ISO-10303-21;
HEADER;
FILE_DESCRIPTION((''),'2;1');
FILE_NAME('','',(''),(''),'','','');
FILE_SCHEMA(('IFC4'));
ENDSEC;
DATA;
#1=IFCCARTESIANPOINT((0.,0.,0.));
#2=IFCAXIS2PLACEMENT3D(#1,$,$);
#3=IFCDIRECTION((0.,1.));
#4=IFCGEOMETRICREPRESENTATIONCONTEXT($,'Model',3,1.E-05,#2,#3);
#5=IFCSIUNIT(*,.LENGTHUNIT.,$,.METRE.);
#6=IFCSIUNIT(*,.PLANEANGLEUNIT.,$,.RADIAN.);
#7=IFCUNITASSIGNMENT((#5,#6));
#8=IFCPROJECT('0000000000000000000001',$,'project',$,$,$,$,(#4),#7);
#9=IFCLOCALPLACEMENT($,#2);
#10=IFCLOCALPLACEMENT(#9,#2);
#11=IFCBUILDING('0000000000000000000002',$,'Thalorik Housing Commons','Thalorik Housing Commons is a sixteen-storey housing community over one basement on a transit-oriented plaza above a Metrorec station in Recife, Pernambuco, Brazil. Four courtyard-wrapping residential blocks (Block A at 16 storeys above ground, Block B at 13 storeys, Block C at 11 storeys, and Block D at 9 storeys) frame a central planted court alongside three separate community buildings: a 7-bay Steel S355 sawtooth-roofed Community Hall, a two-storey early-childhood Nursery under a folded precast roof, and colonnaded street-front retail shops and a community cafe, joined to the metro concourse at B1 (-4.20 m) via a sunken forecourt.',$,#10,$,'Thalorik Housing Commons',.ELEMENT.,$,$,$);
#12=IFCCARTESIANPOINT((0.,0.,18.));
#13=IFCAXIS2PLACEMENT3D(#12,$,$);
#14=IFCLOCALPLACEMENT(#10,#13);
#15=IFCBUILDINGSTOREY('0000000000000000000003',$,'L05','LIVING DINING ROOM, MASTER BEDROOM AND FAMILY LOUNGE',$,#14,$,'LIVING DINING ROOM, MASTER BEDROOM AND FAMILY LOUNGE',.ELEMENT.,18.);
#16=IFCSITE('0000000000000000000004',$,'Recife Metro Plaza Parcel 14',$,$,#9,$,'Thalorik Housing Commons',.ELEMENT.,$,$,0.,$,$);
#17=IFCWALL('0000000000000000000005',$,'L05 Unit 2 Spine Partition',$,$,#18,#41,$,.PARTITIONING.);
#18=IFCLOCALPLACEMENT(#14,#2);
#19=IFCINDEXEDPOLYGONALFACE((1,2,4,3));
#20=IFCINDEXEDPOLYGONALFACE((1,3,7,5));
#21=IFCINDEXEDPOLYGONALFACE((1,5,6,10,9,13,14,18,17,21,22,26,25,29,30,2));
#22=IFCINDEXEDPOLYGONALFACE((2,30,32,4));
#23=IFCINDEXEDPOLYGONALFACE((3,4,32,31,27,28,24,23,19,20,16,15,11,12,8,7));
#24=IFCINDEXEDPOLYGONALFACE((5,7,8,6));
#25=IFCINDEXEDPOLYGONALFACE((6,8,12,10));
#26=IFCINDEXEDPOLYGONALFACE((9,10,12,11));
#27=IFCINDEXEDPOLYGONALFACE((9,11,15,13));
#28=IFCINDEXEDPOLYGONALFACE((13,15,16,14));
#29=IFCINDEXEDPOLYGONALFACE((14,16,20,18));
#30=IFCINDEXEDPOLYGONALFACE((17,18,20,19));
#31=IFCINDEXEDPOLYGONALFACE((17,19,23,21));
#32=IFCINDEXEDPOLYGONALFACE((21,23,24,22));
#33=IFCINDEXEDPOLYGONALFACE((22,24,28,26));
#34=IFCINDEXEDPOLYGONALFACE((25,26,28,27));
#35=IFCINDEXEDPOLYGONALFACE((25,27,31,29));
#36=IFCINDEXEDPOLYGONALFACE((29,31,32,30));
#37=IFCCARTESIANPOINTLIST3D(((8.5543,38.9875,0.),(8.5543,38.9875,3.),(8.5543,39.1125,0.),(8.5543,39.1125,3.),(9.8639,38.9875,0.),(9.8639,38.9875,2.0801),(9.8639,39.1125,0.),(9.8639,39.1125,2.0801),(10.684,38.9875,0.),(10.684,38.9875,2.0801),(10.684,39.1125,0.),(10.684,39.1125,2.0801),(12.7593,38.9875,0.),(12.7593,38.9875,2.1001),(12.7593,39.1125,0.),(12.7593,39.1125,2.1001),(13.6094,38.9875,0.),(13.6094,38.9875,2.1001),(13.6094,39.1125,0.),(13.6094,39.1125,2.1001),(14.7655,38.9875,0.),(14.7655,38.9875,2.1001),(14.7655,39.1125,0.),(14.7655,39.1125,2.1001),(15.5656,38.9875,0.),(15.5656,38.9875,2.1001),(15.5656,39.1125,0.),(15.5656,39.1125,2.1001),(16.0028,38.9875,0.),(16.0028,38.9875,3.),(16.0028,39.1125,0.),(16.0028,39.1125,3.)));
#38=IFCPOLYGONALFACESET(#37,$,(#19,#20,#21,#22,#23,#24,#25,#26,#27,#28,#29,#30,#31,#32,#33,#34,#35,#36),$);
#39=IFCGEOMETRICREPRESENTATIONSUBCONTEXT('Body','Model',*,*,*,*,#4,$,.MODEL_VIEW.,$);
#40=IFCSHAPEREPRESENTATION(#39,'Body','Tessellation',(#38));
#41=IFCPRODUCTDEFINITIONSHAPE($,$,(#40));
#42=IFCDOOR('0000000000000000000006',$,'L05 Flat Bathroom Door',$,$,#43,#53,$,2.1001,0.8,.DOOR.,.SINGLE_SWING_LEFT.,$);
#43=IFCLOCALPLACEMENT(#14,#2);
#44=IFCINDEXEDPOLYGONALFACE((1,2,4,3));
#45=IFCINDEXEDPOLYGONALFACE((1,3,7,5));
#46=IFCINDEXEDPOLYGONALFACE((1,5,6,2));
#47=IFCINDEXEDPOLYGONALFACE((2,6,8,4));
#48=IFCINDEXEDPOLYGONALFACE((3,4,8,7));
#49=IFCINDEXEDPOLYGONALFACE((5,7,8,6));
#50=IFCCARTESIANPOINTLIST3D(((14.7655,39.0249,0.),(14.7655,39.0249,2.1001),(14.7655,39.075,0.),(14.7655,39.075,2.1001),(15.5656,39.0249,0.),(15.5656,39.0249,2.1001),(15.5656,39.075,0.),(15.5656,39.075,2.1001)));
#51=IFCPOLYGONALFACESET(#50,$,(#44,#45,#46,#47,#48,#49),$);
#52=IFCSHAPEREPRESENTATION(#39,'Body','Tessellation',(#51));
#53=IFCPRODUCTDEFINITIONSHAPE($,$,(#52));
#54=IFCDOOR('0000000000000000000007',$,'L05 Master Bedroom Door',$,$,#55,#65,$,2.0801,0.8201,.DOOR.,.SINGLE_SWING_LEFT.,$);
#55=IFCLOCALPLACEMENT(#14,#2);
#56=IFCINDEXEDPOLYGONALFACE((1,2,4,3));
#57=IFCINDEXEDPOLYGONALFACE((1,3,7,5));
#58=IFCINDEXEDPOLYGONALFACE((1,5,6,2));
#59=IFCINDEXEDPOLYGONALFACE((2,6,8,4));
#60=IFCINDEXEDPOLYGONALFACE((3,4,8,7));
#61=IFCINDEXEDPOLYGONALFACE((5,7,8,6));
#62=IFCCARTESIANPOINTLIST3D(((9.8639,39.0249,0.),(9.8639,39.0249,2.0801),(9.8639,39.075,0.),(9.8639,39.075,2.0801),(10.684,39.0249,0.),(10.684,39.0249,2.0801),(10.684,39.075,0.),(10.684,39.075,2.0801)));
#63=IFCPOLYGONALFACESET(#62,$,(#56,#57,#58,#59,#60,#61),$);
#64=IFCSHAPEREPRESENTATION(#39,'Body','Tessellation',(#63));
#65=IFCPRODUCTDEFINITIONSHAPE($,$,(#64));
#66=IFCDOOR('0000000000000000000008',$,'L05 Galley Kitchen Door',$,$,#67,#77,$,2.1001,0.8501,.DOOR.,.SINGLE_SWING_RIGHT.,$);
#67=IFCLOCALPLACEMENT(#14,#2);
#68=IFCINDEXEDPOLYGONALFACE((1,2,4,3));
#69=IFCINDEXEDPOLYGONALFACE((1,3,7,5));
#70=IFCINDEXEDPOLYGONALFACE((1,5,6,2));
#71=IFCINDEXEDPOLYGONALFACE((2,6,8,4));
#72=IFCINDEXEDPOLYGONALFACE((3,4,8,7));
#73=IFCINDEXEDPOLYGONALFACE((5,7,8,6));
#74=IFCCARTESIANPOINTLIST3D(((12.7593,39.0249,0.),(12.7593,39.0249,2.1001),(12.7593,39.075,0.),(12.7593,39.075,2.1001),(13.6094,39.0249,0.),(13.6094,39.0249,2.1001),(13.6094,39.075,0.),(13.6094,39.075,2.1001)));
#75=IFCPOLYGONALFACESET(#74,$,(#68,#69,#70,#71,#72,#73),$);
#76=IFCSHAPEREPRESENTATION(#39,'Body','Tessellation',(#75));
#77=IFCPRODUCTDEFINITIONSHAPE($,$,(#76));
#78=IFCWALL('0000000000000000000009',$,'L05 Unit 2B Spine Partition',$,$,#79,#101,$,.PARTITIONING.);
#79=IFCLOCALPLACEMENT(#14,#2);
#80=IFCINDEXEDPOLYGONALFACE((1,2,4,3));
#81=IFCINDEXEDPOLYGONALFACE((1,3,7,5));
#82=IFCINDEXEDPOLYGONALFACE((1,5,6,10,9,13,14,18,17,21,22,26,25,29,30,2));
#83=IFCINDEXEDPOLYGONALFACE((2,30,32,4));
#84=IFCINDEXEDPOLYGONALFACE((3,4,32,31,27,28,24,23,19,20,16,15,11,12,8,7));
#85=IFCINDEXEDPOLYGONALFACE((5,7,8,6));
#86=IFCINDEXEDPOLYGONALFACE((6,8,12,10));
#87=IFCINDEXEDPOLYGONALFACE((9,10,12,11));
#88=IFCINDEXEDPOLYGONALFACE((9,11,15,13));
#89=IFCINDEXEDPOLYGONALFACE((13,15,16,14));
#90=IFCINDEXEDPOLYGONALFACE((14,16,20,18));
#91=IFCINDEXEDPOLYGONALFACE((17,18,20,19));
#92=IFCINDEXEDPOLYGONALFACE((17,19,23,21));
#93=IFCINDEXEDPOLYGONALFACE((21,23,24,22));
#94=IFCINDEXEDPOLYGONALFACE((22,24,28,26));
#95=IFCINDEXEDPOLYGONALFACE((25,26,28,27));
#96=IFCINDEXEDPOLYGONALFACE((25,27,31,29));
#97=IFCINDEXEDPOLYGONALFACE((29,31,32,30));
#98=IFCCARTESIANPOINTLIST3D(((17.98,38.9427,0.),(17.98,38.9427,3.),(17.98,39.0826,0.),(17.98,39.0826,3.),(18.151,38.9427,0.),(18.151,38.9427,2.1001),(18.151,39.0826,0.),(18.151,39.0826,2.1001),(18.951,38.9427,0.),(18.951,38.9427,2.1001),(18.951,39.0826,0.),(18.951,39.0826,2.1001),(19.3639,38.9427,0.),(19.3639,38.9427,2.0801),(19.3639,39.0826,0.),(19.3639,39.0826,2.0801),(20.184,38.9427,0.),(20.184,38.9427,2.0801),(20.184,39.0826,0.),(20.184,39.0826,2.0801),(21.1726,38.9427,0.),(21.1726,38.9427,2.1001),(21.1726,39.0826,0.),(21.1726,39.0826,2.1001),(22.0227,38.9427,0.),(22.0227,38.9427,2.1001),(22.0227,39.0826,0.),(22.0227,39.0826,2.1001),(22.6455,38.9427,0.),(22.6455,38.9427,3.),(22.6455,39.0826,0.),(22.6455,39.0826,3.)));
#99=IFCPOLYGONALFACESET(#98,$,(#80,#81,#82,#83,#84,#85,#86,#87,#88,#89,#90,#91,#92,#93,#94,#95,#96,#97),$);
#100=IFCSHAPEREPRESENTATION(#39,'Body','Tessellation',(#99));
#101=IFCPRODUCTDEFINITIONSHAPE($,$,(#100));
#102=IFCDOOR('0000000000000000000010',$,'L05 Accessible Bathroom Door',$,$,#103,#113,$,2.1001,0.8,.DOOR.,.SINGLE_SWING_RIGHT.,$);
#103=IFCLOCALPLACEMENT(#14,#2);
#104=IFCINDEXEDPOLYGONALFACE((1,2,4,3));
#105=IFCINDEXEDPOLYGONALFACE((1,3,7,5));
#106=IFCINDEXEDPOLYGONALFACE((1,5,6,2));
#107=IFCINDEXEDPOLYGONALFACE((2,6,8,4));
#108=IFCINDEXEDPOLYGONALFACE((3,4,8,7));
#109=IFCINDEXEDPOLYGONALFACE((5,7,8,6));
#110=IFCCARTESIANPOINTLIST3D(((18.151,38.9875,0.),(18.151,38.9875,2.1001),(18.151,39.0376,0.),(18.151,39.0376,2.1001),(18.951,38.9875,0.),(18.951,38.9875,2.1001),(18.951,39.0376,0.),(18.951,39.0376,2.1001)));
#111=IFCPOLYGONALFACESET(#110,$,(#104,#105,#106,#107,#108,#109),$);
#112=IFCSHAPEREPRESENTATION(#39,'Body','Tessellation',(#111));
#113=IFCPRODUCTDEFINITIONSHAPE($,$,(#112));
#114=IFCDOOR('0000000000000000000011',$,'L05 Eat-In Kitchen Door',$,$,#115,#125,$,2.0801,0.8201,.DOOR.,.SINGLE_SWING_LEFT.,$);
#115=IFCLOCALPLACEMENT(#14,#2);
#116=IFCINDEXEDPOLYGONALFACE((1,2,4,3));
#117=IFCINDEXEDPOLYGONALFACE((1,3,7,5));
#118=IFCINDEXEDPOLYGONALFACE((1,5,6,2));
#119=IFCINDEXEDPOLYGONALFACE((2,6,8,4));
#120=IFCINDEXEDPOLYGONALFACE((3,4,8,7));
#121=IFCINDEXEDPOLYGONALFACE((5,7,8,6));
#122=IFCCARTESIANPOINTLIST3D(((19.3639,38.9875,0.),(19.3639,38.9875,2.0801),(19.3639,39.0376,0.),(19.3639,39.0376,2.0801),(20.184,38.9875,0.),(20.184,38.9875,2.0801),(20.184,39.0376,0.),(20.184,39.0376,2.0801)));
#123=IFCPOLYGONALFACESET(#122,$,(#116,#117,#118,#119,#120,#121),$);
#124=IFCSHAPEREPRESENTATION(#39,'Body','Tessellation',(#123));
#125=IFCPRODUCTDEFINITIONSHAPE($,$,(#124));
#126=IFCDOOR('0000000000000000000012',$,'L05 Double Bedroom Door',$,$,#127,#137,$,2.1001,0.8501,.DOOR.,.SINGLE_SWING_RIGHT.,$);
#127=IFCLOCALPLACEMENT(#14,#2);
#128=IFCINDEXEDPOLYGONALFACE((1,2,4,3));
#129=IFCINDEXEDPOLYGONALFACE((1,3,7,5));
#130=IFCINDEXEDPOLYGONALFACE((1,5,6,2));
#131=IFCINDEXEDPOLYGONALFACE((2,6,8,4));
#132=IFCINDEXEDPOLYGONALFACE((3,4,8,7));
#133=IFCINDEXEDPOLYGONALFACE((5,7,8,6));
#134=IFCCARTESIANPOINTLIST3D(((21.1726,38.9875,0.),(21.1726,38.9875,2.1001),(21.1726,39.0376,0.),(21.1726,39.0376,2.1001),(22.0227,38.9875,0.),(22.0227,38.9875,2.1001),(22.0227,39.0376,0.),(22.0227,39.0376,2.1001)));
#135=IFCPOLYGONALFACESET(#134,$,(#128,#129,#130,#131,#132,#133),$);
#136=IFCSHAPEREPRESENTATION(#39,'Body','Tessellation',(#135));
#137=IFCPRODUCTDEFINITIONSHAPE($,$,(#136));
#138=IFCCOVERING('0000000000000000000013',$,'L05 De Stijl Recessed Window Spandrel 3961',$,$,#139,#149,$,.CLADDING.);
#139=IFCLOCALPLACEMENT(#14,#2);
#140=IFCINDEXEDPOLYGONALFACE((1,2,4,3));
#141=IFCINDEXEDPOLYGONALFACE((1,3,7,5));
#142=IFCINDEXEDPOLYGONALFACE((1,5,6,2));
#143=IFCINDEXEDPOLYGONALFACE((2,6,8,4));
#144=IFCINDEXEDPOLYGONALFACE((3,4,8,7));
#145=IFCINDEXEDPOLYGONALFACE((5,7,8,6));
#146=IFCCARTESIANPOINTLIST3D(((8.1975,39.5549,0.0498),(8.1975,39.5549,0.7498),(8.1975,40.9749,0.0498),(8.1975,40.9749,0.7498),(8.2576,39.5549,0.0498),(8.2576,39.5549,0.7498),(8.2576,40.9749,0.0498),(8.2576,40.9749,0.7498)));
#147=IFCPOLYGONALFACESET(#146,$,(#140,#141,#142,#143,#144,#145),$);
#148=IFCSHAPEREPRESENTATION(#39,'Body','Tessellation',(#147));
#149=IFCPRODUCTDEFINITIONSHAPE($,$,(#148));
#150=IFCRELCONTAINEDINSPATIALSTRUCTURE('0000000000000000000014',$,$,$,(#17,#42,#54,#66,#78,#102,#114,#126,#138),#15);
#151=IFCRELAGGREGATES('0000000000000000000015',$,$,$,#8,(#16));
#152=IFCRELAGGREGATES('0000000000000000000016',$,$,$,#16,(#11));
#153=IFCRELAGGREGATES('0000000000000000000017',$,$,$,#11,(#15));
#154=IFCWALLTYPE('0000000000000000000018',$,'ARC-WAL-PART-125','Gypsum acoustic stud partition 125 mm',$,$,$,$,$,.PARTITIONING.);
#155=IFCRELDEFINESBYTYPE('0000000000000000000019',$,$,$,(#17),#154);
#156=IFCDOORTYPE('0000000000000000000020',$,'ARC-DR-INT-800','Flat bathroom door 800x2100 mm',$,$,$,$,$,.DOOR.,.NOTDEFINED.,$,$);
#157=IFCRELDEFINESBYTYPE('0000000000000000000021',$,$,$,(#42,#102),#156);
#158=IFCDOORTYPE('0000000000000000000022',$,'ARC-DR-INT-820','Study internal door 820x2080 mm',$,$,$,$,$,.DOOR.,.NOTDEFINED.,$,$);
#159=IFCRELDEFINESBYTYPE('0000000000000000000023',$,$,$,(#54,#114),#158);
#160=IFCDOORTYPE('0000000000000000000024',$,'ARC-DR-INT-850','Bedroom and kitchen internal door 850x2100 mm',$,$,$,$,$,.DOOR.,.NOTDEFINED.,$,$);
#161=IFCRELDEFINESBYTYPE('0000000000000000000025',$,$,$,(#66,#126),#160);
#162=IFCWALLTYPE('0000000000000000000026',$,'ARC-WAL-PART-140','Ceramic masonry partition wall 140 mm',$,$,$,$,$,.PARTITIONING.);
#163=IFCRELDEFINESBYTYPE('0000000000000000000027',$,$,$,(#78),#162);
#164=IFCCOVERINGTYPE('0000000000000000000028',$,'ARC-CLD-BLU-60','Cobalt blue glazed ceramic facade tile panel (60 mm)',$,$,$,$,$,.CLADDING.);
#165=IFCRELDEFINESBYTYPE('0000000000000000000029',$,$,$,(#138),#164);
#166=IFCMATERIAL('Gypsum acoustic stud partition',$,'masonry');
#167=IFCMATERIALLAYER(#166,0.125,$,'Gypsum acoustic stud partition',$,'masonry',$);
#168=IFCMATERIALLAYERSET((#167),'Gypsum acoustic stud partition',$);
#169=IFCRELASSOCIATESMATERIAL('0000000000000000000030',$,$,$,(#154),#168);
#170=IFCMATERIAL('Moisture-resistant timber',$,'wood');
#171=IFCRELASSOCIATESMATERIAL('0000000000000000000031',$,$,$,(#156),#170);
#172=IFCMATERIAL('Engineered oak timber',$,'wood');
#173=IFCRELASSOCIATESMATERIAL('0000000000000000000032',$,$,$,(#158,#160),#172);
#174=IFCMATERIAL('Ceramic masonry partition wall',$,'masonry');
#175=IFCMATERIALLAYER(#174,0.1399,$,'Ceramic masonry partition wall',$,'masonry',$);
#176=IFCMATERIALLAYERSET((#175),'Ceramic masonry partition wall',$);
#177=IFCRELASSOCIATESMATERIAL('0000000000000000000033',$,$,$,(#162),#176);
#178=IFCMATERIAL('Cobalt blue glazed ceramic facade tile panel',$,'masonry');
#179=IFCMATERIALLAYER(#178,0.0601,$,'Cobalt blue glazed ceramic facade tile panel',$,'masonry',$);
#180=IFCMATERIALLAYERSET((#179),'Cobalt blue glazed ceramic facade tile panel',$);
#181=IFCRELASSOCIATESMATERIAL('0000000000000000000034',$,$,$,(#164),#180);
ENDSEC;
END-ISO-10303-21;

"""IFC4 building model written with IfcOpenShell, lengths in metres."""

from ifc_helpers import new_model, si_unit, direction, frame, frame_2d, origin, origin_2d, place, context, subcontext, project, spatial, rectangle, extrude, material, layer, layer_set, type_object, element, fill, save


model = new_model("IFC4")

# Units and contexts
model_context = context("Model", 3, precision=1e-05, world=origin(), true_north=direction((0.0, 1.0)))
body_context = subcontext(model_context, "Body", "Model", "MODEL_VIEW")
ifc_project = project(units=[si_unit("LENGTHUNIT", "METRE"), si_unit("PLANEANGLEUNIT", "RADIAN")], contexts=[model_context])

# Site, building, storey
site_placement = place(None, origin())
site = spatial("IfcSite", under=ifc_project, at=site_placement, Name="Recife Metro Plaza Parcel 14", LongName="Thalorik Housing Commons", CompositionType="ELEMENT", RefElevation=0.0)
building_placement = place(site_placement, origin())
building = spatial("IfcBuilding", under=site, at=building_placement, Name="Thalorik Housing Commons", Description="Thalorik Housing Commons is a sixteen-storey housing community over one basement on a transit-oriented plaza above a Metrorec station in Recife, Pernambuco, Brazil. Four courtyard-wrapping residential blocks (Block A at 16 storeys above ground, Block B at 13 storeys, Block C at 11 storeys, and Block D at 9 storeys) frame a central planted court alongside three separate community buildings: a 7-bay Steel S355 sawtooth-roofed Community Hall, a two-storey early-childhood Nursery under a folded precast roof, and colonnaded street-front retail shops and a community cafe, joined to the metro concourse at B1 (-4.20 m) via a sunken forecourt.", LongName="Thalorik Housing Commons", CompositionType="ELEMENT")
storey_placement = place(building_placement, frame((0.0, 0.0, 18.0)))
storey = spatial("IfcBuildingStorey", under=building, at=storey_placement, Name="L05", Description="LIVING DINING ROOM, MASTER BEDROOM AND FAMILY LOUNGE", LongName="LIVING DINING ROOM, MASTER BEDROOM AND FAMILY LOUNGE", CompositionType="ELEMENT", Elevation=18.0)

# Walls, openings, doors
ifc_material_1 = material(Name="Gypsum acoustic stud partition", Category="masonry")
ifc_layer_1 = layer(ifc_material_1, 0.125, Name="Gypsum acoustic stud partition", Category="masonry")
ifc_layer_set_1 = layer_set([ifc_layer_1], Name="Gypsum acoustic stud partition")
wall_type_1 = type_object("IfcWallType", Name="ARC-WAL-PART-125", Description="Gypsum acoustic stud partition 125 mm", PredefinedType="PARTITIONING", material=ifc_layer_set_1)
wall_1_placement = place(storey_placement, frame((8.5544, 39.05, 0.0), z_axis=(0.0, 0.0, 1.0), x_axis=(1.0, 0.0, 0.0)))
wall_1 = element("IfcWall", 1, at=wall_1_placement, inside=storey, type_object=wall_type_1, Name="L05 Unit 2 Spine Partition", PredefinedType="PARTITIONING", context=body_context, shape_type="SweptSolid", body=[
    extrude(rectangle(XDim=7.4485, YDim=0.125, at=frame_2d((3.7241, 0.0))), origin(), (0.0, 0.0, 1.0), 3.0),
])
opening_1_placement = place(wall_1_placement, frame((1.3093, 0.0, 0.0)))
opening_1 = element("IfcOpeningElement", 2, at=opening_1_placement, cuts=wall_1, PredefinedType="OPENING", context=body_context, shape_type="SweptSolid", body=[
    extrude(rectangle(XDim=0.8201, YDim=2.0801, at=frame_2d((0.4102, 1.04))), frame((0.0, 0.0725, 0.0), z_axis=(0.0, -1.0, 0.0), x_axis=(1.0, 0.0, 0.0)), (0.0, 0.0, 1.0), 0.145),
])
opening_2_placement = place(wall_1_placement, frame((4.2048, 0.0, 0.0)))
opening_2 = element("IfcOpeningElement", 3, at=opening_2_placement, cuts=wall_1, PredefinedType="OPENING", context=body_context, shape_type="SweptSolid", body=[
    extrude(rectangle(XDim=0.8501, YDim=2.1001, at=frame_2d((0.425, 1.05))), frame((0.0, 0.0725, 0.0), z_axis=(0.0, -1.0, 0.0), x_axis=(1.0, 0.0, 0.0)), (0.0, 0.0, 1.0), 0.145),
])
opening_3_placement = place(wall_1_placement, frame((6.2112, 0.0, 0.0)))
opening_3 = element("IfcOpeningElement", 4, at=opening_3_placement, cuts=wall_1, PredefinedType="OPENING", context=body_context, shape_type="SweptSolid", body=[
    extrude(rectangle(XDim=0.8, YDim=2.1001, at=frame_2d((0.3999, 1.05))), frame((0.0, 0.0725, 0.0), z_axis=(0.0, -1.0, 0.0), x_axis=(1.0, 0.0, 0.0)), (0.0, 0.0, 1.0), 0.145),
])
ifc_material_2 = material(Name="Moisture-resistant timber", Category="wood")
door_type_1 = type_object("IfcDoorType", Name="ARC-DR-INT-800", Description="Flat bathroom door 800x2100 mm", OperationType="NOTDEFINED", PredefinedType="DOOR", material=ifc_material_2)
door_1_placement = place(opening_3_placement, origin())
door_1 = element("IfcDoor", 5, at=door_1_placement, inside=storey, type_object=door_type_1, Name="L05 Flat Bathroom Door", OperationType="SINGLE_SWING_LEFT", OverallHeight=2.1001, OverallWidth=0.8, PredefinedType="DOOR", context=body_context, shape_type="SweptSolid", body=[
    extrude(rectangle(XDim=0.8, YDim=2.1001, at=frame_2d((0.3999, 1.05))), frame((0.0, 0.0249, 0.0), z_axis=(0.0, -1.0, 0.0), x_axis=(1.0, 0.0, 0.0)), (0.0, 0.0, 1.0), 0.05),
])
fill(opening_3, door_1)
ifc_material_3 = material(Name="Engineered oak timber", Category="wood")
door_type_2 = type_object("IfcDoorType", Name="ARC-DR-INT-820", Description="Study internal door 820x2080 mm", OperationType="NOTDEFINED", PredefinedType="DOOR", material=ifc_material_3)
door_2_placement = place(opening_1_placement, origin())
door_2 = element("IfcDoor", 6, at=door_2_placement, inside=storey, type_object=door_type_2, Name="L05 Master Bedroom Door", OperationType="SINGLE_SWING_LEFT", OverallHeight=2.0801, OverallWidth=0.8201, PredefinedType="DOOR", context=body_context, shape_type="SweptSolid", body=[
    extrude(rectangle(XDim=0.8201, YDim=2.0801, at=frame_2d((0.4102, 1.04))), frame((0.0, 0.0249, 0.0), z_axis=(0.0, -1.0, 0.0), x_axis=(1.0, 0.0, 0.0)), (0.0, 0.0, 1.0), 0.05),
])
fill(opening_1, door_2)
door_type_3 = type_object("IfcDoorType", Name="ARC-DR-INT-850", Description="Bedroom and kitchen internal door 850x2100 mm", OperationType="NOTDEFINED", PredefinedType="DOOR", material=ifc_material_3)
door_3_placement = place(opening_2_placement, origin())
door_3 = element("IfcDoor", 7, at=door_3_placement, inside=storey, type_object=door_type_3, Name="L05 Galley Kitchen Door", OperationType="SINGLE_SWING_RIGHT", OverallHeight=2.1001, OverallWidth=0.8501, PredefinedType="DOOR", context=body_context, shape_type="SweptSolid", body=[
    extrude(rectangle(XDim=0.8501, YDim=2.1001, at=frame_2d((0.425, 1.05))), frame((0.0, 0.0249, 0.0), z_axis=(0.0, -1.0, 0.0), x_axis=(1.0, 0.0, 0.0)), (0.0, 0.0, 1.0), 0.05),
])
fill(opening_2, door_3)
ifc_material_4 = material(Name="Ceramic masonry partition wall", Category="masonry")
ifc_layer_2 = layer(ifc_material_4, 0.1399, Name="Ceramic masonry partition wall", Category="masonry")
ifc_layer_set_2 = layer_set([ifc_layer_2], Name="Ceramic masonry partition wall")
wall_type_2 = type_object("IfcWallType", Name="ARC-WAL-PART-140", Description="Ceramic masonry partition wall 140 mm", PredefinedType="PARTITIONING", material=ifc_layer_set_2)
wall_2_placement = place(storey_placement, frame((17.98, 39.0127, 0.0), z_axis=(0.0, 0.0, 1.0), x_axis=(1.0, 0.0, 0.0)))
wall_2 = element("IfcWall", 8, at=wall_2_placement, inside=storey, type_object=wall_type_2, Name="L05 Unit 2B Spine Partition", PredefinedType="PARTITIONING", context=body_context, shape_type="SweptSolid", body=[
    extrude(rectangle(XDim=4.6655, YDim=0.1399, at=frame_2d((2.3328, 0.0))), origin(), (0.0, 0.0, 1.0), 3.0),
])
opening_4_placement = place(wall_2_placement, frame((0.1711, 0.0, 0.0)))
opening_4 = element("IfcOpeningElement", 9, at=opening_4_placement, cuts=wall_2, PredefinedType="OPENING", context=body_context, shape_type="SweptSolid", body=[
    extrude(rectangle(XDim=0.8, YDim=2.1001, at=frame_2d((0.3999, 1.05))), frame((0.0, 0.0801, 0.0), z_axis=(0.0, -1.0, 0.0), x_axis=(1.0, 0.0, 0.0)), (0.0, 0.0, 1.0), 0.1599),
])
opening_5_placement = place(wall_2_placement, frame((1.3838, 0.0, 0.0)))
opening_5 = element("IfcOpeningElement", 10, at=opening_5_placement, cuts=wall_2, PredefinedType="OPENING", context=body_context, shape_type="SweptSolid", body=[
    extrude(rectangle(XDim=0.8201, YDim=2.0801, at=frame_2d((0.4102, 1.04))), frame((0.0, 0.0801, 0.0), z_axis=(0.0, -1.0, 0.0), x_axis=(1.0, 0.0, 0.0)), (0.0, 0.0, 1.0), 0.1599),
])
opening_6_placement = place(wall_2_placement, frame((3.1926, 0.0, 0.0)))
opening_6 = element("IfcOpeningElement", 11, at=opening_6_placement, cuts=wall_2, PredefinedType="OPENING", context=body_context, shape_type="SweptSolid", body=[
    extrude(rectangle(XDim=0.8501, YDim=2.1001, at=frame_2d((0.425, 1.05))), frame((0.0, 0.0801, 0.0), z_axis=(0.0, -1.0, 0.0), x_axis=(1.0, 0.0, 0.0)), (0.0, 0.0, 1.0), 0.1599),
])
door_4_placement = place(opening_4_placement, origin())
door_4 = element("IfcDoor", 12, at=door_4_placement, inside=storey, type_object=door_type_1, Name="L05 Accessible Bathroom Door", OperationType="SINGLE_SWING_RIGHT", OverallHeight=2.1001, OverallWidth=0.8, PredefinedType="DOOR", context=body_context, shape_type="SweptSolid", body=[
    extrude(rectangle(XDim=0.8, YDim=2.1001, at=frame_2d((0.3999, 1.05))), frame((0.0, 0.0249, 0.0), z_axis=(0.0, -1.0, 0.0), x_axis=(1.0, 0.0, 0.0)), (0.0, 0.0, 1.0), 0.05),
])
fill(opening_4, door_4)
door_5_placement = place(opening_5_placement, origin())
door_5 = element("IfcDoor", 13, at=door_5_placement, inside=storey, type_object=door_type_2, Name="L05 Eat-In Kitchen Door", OperationType="SINGLE_SWING_LEFT", OverallHeight=2.0801, OverallWidth=0.8201, PredefinedType="DOOR", context=body_context, shape_type="SweptSolid", body=[
    extrude(rectangle(XDim=0.8201, YDim=2.0801, at=frame_2d((0.4102, 1.04))), frame((0.0, 0.0249, 0.0), z_axis=(0.0, -1.0, 0.0), x_axis=(1.0, 0.0, 0.0)), (0.0, 0.0, 1.0), 0.05),
])
fill(opening_5, door_5)
door_6_placement = place(opening_6_placement, origin())
door_6 = element("IfcDoor", 14, at=door_6_placement, inside=storey, type_object=door_type_3, Name="L05 Double Bedroom Door", OperationType="SINGLE_SWING_RIGHT", OverallHeight=2.1001, OverallWidth=0.8501, PredefinedType="DOOR", context=body_context, shape_type="SweptSolid", body=[
    extrude(rectangle(XDim=0.8501, YDim=2.1001, at=frame_2d((0.425, 1.05))), frame((0.0, 0.0249, 0.0), z_axis=(0.0, -1.0, 0.0), x_axis=(1.0, 0.0, 0.0)), (0.0, 0.0, 1.0), 0.05),
])
fill(opening_6, door_6)

# Covering
ifc_material_5 = material(Name="Cobalt blue glazed ceramic facade tile panel", Category="masonry")
ifc_layer_3 = layer(ifc_material_5, 0.0601, Name="Cobalt blue glazed ceramic facade tile panel", Category="masonry")
ifc_layer_set_3 = layer_set([ifc_layer_3], Name="Cobalt blue glazed ceramic facade tile panel")
covering_type_1 = type_object("IfcCoveringType", Name="ARC-CLD-BLU-60", Description="Cobalt blue glazed ceramic facade tile panel (60 mm)", PredefinedType="CLADDING", material=ifc_layer_set_3)
covering_1_placement = place(storey_placement, frame((8.2275, 40.2649, 0.0498), z_axis=(0.0, 0.0, 1.0), x_axis=(0.0, -1.0, 0.0)))
element("IfcCovering", 15, at=covering_1_placement, inside=storey, type_object=covering_type_1, Name="L05 De Stijl Recessed Window Spandrel 3961", PredefinedType="CLADDING", context=body_context, shape_type="SweptSolid", body=[
    extrude(rectangle(XDim=1.4199, YDim=0.0601, at=origin_2d()), origin(), (0.0, 0.0, 1.0), 0.7),
])

save(model, "model.ifc")
